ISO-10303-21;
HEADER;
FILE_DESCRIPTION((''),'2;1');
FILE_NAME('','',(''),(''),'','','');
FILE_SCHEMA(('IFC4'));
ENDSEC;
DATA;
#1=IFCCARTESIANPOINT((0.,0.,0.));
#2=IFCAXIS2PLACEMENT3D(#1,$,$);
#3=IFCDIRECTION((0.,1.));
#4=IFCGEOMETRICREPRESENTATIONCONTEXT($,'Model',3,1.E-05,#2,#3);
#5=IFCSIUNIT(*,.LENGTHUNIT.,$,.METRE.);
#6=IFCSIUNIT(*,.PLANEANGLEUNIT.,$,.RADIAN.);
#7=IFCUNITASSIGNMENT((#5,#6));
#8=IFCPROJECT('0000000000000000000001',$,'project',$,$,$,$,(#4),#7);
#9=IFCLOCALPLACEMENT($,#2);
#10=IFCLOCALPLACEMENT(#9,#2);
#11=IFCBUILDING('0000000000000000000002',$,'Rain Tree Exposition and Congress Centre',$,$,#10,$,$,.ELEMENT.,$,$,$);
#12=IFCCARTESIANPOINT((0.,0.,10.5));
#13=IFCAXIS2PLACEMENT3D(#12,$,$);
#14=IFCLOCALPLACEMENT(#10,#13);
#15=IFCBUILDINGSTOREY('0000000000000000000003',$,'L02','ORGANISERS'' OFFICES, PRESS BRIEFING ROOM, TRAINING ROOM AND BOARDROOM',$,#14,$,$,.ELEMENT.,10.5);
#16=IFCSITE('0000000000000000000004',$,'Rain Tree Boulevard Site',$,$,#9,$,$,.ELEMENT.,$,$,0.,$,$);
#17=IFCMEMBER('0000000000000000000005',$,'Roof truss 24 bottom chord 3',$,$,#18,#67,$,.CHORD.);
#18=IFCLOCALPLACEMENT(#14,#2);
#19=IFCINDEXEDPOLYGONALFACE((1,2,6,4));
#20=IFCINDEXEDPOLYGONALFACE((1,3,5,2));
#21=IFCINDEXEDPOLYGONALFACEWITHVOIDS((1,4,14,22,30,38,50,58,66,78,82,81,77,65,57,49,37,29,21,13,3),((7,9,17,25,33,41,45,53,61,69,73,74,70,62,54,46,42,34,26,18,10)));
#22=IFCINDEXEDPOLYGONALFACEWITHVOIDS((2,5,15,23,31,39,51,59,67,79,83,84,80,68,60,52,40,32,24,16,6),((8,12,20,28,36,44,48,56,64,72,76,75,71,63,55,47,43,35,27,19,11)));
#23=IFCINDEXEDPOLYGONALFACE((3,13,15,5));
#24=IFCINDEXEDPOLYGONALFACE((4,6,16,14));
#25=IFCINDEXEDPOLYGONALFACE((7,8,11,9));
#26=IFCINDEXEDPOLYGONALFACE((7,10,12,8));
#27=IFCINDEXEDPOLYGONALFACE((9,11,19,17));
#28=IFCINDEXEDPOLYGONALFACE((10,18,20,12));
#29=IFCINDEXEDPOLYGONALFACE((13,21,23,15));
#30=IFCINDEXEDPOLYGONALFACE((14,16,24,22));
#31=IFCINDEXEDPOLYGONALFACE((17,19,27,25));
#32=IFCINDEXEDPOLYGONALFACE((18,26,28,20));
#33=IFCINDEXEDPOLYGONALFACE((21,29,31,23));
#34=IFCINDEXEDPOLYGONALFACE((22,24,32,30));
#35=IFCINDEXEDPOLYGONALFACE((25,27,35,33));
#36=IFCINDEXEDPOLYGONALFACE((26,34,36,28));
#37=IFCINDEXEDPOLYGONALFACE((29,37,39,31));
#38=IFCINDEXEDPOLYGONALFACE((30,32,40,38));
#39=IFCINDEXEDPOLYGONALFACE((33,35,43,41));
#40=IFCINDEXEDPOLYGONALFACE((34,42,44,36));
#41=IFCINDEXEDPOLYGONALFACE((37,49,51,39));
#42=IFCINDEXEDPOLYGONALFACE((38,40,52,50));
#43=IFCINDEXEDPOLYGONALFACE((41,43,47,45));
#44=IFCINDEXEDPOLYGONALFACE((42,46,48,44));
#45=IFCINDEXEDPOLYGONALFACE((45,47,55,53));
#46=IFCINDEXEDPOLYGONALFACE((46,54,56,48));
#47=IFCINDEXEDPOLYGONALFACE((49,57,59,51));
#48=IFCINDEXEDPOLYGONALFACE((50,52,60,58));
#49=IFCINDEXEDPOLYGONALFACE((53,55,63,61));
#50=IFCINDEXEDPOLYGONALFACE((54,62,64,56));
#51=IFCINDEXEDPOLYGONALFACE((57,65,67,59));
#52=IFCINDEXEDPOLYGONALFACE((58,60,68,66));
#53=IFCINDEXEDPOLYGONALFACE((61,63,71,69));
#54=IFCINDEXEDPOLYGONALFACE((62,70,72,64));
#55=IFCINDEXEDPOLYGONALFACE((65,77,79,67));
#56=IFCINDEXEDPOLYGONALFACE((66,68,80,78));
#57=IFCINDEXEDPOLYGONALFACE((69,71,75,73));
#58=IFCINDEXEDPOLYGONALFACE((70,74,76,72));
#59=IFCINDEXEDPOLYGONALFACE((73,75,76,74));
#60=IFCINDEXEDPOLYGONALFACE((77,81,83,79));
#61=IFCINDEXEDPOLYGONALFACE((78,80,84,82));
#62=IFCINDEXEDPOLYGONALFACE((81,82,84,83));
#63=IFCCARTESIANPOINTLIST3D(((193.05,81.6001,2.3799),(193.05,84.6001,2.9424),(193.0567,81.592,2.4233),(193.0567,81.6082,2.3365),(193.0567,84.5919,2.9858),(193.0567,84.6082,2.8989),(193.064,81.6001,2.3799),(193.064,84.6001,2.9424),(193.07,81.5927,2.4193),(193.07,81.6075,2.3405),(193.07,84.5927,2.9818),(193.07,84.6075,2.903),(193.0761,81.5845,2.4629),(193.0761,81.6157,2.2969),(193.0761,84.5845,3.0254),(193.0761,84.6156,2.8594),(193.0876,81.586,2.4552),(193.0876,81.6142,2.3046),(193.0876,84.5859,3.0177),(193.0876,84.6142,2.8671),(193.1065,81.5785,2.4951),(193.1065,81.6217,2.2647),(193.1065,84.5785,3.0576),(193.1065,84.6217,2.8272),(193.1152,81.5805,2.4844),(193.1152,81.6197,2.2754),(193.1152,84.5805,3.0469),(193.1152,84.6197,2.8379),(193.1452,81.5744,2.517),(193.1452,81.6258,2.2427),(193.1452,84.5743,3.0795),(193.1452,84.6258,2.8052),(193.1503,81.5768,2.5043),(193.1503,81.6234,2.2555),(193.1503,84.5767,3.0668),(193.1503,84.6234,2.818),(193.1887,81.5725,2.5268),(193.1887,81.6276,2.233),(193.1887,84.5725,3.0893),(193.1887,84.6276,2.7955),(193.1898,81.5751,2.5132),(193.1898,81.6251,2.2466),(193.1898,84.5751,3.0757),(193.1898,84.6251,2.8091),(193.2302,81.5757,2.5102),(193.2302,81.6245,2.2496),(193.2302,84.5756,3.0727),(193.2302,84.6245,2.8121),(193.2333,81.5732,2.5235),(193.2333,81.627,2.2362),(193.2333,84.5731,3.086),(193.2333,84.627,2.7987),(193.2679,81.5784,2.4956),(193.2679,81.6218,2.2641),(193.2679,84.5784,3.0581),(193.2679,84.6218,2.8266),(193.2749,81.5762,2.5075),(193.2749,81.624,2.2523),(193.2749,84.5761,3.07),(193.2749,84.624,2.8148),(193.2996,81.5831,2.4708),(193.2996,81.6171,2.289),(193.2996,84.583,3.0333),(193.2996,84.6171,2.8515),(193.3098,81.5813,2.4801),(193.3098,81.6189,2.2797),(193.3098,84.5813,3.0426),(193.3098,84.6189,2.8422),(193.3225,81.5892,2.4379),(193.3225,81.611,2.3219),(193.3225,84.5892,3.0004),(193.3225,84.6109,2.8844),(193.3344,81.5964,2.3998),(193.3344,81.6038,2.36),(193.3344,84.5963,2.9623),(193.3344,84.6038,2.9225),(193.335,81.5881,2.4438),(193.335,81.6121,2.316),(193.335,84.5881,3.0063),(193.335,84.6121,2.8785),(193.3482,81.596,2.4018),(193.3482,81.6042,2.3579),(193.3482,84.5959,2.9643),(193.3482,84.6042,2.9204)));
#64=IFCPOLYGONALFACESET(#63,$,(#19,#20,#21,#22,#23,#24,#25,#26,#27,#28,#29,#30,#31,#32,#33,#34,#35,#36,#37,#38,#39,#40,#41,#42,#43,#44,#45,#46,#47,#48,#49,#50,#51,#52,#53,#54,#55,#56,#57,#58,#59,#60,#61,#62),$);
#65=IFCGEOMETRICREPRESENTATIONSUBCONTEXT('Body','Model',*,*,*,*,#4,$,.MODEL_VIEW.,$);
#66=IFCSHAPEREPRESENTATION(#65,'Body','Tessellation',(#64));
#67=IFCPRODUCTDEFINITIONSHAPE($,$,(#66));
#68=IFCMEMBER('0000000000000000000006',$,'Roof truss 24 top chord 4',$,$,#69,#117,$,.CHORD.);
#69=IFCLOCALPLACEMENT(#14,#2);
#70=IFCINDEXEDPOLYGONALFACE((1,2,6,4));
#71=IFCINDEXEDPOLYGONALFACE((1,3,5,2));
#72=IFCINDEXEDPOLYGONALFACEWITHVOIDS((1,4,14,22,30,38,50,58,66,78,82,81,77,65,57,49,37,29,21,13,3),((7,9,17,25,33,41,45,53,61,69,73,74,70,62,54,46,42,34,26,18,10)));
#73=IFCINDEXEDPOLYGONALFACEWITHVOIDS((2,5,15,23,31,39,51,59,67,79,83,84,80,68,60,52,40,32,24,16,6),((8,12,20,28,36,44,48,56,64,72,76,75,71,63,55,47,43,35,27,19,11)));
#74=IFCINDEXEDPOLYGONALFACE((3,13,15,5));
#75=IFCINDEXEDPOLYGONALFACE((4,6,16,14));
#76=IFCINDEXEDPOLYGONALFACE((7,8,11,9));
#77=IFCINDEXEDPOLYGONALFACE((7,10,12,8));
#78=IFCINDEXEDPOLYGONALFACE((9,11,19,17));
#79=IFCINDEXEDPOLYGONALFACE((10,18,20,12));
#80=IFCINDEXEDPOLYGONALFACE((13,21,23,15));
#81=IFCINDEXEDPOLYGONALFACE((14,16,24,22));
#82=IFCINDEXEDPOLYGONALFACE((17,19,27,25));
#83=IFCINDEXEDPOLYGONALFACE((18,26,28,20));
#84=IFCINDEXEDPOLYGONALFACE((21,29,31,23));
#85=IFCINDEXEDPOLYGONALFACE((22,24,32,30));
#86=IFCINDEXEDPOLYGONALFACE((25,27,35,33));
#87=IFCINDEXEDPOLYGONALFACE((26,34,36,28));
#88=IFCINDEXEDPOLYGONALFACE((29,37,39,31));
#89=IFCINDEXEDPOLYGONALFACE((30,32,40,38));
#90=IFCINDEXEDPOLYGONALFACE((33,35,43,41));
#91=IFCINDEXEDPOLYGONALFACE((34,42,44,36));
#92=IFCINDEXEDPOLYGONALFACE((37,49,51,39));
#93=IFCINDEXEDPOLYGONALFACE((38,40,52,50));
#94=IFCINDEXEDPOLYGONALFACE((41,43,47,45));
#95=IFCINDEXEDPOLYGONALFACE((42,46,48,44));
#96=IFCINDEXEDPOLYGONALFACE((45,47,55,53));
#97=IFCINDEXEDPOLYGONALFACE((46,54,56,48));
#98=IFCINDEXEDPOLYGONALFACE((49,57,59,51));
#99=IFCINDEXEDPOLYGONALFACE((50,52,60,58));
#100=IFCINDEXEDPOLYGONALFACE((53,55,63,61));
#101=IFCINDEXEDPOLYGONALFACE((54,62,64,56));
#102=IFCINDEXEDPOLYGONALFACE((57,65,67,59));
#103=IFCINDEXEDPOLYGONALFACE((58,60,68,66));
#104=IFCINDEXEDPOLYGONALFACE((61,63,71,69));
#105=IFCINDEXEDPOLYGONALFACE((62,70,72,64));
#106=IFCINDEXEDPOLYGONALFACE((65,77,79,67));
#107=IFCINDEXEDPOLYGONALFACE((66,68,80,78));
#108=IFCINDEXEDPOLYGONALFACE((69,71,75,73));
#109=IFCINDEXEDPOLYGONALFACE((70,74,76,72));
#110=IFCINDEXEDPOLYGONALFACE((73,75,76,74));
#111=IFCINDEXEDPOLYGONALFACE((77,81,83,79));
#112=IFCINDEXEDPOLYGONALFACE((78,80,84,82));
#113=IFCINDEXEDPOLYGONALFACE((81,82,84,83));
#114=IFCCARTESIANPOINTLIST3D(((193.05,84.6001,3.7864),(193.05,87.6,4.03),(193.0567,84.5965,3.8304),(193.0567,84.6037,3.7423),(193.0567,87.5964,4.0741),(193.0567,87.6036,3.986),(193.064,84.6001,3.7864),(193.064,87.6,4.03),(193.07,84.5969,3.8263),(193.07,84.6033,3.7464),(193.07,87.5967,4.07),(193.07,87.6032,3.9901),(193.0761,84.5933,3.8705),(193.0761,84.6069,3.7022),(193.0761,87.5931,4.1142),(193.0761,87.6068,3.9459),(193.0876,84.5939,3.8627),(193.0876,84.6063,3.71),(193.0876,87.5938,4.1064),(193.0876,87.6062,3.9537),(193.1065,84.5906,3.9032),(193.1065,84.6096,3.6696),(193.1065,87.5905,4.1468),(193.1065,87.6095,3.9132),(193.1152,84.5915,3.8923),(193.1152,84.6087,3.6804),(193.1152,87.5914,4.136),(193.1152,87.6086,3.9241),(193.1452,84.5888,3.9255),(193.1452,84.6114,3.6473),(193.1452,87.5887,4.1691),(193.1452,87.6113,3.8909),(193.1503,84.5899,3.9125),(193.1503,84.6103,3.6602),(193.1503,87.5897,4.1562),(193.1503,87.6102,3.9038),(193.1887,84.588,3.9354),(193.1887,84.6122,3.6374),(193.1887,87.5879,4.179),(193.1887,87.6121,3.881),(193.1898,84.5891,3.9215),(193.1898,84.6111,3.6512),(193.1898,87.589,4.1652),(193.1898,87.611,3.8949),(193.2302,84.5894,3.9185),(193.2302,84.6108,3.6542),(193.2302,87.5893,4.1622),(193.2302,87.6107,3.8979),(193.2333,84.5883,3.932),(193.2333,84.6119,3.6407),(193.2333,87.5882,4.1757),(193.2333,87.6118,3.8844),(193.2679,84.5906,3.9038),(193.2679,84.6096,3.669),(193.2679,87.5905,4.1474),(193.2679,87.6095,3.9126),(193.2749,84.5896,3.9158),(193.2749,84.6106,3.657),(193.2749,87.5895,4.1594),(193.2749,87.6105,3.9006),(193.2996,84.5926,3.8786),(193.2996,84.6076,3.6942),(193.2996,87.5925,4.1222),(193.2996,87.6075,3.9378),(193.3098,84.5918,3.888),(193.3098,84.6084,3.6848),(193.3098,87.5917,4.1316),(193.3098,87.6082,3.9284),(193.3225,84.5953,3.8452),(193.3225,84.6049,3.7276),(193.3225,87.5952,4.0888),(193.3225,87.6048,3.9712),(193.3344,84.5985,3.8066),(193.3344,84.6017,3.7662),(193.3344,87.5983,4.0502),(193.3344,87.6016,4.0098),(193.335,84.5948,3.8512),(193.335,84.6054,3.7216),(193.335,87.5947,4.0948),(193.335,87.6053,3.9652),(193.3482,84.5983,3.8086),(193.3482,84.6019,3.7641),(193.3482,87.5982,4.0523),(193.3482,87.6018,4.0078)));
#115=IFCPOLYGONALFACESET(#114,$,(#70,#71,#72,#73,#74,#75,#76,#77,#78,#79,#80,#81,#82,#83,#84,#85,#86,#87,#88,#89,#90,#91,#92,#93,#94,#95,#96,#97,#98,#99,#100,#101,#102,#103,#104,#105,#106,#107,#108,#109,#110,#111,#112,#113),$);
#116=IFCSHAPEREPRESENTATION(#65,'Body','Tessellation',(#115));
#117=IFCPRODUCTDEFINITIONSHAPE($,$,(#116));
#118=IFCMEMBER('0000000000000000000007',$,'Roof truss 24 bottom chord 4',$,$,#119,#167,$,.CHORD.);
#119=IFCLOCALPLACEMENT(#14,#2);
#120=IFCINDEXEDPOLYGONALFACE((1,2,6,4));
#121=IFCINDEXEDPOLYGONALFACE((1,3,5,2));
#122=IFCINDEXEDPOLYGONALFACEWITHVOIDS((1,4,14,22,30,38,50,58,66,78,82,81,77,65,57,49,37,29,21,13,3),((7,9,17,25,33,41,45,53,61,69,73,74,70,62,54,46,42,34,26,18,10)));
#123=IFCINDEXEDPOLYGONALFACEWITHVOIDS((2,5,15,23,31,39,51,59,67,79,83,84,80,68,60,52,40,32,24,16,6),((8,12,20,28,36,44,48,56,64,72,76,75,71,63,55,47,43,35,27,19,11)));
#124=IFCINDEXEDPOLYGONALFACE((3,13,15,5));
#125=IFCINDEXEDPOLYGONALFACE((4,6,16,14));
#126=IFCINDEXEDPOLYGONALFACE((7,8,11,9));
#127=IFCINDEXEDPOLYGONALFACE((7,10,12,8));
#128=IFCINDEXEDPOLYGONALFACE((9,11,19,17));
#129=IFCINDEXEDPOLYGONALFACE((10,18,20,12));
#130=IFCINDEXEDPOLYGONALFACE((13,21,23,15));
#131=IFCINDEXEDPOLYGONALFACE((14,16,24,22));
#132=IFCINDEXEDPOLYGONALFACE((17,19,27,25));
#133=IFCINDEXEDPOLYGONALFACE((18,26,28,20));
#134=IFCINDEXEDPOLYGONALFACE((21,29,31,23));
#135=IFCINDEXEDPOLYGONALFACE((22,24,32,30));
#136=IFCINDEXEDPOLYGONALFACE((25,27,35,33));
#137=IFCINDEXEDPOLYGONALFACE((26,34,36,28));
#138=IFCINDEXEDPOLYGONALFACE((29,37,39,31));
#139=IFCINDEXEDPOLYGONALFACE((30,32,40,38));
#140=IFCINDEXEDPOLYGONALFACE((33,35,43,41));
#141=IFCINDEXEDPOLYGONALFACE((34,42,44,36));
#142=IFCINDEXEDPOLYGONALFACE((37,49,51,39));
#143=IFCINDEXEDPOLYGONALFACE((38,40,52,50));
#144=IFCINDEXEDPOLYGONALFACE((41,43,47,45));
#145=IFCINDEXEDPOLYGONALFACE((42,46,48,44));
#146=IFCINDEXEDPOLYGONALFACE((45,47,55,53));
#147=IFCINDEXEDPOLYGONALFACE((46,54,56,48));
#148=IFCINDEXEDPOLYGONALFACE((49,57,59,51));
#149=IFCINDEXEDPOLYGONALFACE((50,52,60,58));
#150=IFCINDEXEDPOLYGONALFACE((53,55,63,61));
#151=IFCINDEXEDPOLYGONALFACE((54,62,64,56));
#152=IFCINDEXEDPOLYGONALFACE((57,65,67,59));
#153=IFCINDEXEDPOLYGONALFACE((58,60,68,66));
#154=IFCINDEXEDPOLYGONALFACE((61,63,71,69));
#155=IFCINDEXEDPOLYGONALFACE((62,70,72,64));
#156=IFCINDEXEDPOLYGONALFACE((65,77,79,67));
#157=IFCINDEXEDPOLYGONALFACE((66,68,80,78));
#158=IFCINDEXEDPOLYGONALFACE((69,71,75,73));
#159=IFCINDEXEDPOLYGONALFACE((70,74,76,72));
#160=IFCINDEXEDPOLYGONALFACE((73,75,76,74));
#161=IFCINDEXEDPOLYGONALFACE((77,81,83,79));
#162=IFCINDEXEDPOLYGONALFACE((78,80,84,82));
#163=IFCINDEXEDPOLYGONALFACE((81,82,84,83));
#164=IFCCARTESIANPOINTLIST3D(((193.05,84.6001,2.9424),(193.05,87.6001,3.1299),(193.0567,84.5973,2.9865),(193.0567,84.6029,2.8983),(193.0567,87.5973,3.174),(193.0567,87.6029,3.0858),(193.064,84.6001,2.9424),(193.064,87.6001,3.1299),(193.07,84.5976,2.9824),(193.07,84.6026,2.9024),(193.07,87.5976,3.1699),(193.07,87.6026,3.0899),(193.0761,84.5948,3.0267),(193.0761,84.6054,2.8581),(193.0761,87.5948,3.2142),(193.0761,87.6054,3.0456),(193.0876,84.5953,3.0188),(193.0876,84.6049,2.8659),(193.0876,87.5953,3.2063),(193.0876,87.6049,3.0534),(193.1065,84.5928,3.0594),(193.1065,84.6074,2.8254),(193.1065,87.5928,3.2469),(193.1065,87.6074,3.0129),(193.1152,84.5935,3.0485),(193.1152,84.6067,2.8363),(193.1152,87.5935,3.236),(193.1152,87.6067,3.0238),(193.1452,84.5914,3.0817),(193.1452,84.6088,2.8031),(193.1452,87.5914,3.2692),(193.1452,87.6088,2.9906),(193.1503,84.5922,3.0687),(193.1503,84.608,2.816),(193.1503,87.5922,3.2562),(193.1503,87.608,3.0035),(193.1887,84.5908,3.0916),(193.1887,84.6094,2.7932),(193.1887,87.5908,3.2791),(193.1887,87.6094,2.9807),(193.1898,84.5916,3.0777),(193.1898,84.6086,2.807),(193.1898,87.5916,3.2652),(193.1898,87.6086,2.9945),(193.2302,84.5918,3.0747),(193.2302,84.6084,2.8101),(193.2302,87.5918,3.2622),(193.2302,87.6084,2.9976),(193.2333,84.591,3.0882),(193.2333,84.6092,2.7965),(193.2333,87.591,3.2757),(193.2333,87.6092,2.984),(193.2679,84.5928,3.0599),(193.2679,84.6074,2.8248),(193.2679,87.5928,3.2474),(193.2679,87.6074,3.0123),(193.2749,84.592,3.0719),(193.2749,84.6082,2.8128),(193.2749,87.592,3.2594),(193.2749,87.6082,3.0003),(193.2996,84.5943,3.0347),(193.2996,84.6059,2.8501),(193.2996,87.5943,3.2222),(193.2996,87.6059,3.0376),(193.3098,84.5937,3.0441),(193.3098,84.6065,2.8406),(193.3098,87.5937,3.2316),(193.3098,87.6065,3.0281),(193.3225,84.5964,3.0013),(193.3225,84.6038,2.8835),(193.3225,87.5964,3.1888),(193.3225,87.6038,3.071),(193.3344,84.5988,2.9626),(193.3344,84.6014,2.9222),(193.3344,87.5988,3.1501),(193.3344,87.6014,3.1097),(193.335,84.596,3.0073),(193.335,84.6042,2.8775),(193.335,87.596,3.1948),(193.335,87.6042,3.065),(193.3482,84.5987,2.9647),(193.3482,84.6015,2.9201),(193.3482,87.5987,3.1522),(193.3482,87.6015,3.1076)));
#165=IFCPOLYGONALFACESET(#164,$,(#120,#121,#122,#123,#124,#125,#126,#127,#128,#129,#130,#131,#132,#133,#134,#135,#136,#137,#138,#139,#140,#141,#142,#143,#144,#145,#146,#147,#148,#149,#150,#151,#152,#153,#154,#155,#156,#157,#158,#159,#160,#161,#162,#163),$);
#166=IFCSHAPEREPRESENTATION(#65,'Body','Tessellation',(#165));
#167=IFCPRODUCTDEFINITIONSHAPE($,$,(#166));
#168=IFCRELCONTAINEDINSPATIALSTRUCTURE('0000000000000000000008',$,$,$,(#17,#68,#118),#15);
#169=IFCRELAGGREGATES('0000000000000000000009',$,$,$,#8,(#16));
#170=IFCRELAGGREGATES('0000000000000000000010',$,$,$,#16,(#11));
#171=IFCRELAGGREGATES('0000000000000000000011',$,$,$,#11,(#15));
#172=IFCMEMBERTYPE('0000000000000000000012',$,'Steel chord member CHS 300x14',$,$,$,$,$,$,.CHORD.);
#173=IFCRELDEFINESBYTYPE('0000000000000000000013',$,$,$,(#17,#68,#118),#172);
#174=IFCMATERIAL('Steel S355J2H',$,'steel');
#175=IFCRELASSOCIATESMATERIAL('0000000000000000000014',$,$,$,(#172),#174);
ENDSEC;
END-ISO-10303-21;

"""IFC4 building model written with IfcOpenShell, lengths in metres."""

from ifc_helpers import new_model, si_unit, direction, frame, origin, origin_2d, place, context, subcontext, project, spatial, hollow_circle, extrude, material, material_profile, profile_set, type_object, element, save


model = new_model("IFC4")

# Units and contexts
model_context = context("Model", 3, precision=1e-05, world=origin(), true_north=direction((0.0, 1.0)))
body_context = subcontext(model_context, "Body", "Model", "MODEL_VIEW")
ifc_project = project(units=[si_unit("LENGTHUNIT", "METRE"), si_unit("PLANEANGLEUNIT", "RADIAN")], contexts=[model_context])

# Site, building, storey
site_placement = place(None, origin())
site = spatial("IfcSite", under=ifc_project, at=site_placement, Name="Rain Tree Boulevard Site", CompositionType="ELEMENT", RefElevation=0.0)
building_placement = place(site_placement, origin())
building = spatial("IfcBuilding", under=site, at=building_placement, Name="Rain Tree Exposition and Congress Centre", CompositionType="ELEMENT")
storey_placement = place(building_placement, frame((0.0, 0.0, 10.5)))
storey = spatial("IfcBuildingStorey", under=building, at=storey_placement, Name="L02", Description="ORGANISERS' OFFICES, PRESS BRIEFING ROOM, TRAINING ROOM AND BOARDROOM", CompositionType="ELEMENT", Elevation=10.5)

# Members
ifc_material_1 = material(Name="Steel S355J2H", Category="steel")
ifc_material_profile_1 = material_profile(ifc_material_1, hollow_circle(Radius=0.1499, WallThickness=0.0139, at=origin_2d()), Name="CHS 300x14")
ifc_profile_set_1 = profile_set([ifc_material_profile_1], Name="Steel S355J2H")
member_type_1 = type_object("IfcMemberType", Name="Steel chord member CHS 300x14", PredefinedType="CHORD", material=ifc_profile_set_1)
member_1_placement = place(storey_placement, frame((193.2, 81.6001, 2.3799), z_axis=(0.0, 0.982872, 0.184289), x_axis=(-1.0, 0.0, 0.0)))
element("IfcMember", 1, at=member_1_placement, inside=storey, type_object=member_type_1, Name="Roof truss 24 bottom chord 3", PredefinedType="CHORD", context=body_context, shape_type="SweptSolid", body=[
    extrude(hollow_circle(Radius=0.1499, WallThickness=0.0139, at=origin_2d()), origin(), (0.0, 0.0, 1.0), 3.0522),
])
member_2_placement = place(storey_placement, frame((193.2, 84.6001, 3.7864), z_axis=(0.0, 0.996718, 0.080951), x_axis=(-1.0, 0.0, 0.0)))
element("IfcMember", 2, at=member_2_placement, inside=storey, type_object=member_type_1, Name="Roof truss 24 top chord 4", PredefinedType="CHORD", context=body_context, shape_type="SweptSolid", body=[
    extrude(hollow_circle(Radius=0.1499, WallThickness=0.0139, at=origin_2d()), origin(), (0.0, 0.0, 1.0), 3.0098),
])
member_3_placement = place(storey_placement, frame((193.2, 84.6001, 2.9424), z_axis=(0.0, 0.998053, 0.062378), x_axis=(-1.0, 0.0, 0.0)))
element("IfcMember", 3, at=member_3_placement, inside=storey, type_object=member_type_1, Name="Roof truss 24 bottom chord 4", PredefinedType="CHORD", context=body_context, shape_type="SweptSolid", body=[
    extrude(hollow_circle(Radius=0.1499, WallThickness=0.0139, at=origin_2d()), origin(), (0.0, 0.0, 1.0), 3.0059),
])

save(model, "model.ifc")
